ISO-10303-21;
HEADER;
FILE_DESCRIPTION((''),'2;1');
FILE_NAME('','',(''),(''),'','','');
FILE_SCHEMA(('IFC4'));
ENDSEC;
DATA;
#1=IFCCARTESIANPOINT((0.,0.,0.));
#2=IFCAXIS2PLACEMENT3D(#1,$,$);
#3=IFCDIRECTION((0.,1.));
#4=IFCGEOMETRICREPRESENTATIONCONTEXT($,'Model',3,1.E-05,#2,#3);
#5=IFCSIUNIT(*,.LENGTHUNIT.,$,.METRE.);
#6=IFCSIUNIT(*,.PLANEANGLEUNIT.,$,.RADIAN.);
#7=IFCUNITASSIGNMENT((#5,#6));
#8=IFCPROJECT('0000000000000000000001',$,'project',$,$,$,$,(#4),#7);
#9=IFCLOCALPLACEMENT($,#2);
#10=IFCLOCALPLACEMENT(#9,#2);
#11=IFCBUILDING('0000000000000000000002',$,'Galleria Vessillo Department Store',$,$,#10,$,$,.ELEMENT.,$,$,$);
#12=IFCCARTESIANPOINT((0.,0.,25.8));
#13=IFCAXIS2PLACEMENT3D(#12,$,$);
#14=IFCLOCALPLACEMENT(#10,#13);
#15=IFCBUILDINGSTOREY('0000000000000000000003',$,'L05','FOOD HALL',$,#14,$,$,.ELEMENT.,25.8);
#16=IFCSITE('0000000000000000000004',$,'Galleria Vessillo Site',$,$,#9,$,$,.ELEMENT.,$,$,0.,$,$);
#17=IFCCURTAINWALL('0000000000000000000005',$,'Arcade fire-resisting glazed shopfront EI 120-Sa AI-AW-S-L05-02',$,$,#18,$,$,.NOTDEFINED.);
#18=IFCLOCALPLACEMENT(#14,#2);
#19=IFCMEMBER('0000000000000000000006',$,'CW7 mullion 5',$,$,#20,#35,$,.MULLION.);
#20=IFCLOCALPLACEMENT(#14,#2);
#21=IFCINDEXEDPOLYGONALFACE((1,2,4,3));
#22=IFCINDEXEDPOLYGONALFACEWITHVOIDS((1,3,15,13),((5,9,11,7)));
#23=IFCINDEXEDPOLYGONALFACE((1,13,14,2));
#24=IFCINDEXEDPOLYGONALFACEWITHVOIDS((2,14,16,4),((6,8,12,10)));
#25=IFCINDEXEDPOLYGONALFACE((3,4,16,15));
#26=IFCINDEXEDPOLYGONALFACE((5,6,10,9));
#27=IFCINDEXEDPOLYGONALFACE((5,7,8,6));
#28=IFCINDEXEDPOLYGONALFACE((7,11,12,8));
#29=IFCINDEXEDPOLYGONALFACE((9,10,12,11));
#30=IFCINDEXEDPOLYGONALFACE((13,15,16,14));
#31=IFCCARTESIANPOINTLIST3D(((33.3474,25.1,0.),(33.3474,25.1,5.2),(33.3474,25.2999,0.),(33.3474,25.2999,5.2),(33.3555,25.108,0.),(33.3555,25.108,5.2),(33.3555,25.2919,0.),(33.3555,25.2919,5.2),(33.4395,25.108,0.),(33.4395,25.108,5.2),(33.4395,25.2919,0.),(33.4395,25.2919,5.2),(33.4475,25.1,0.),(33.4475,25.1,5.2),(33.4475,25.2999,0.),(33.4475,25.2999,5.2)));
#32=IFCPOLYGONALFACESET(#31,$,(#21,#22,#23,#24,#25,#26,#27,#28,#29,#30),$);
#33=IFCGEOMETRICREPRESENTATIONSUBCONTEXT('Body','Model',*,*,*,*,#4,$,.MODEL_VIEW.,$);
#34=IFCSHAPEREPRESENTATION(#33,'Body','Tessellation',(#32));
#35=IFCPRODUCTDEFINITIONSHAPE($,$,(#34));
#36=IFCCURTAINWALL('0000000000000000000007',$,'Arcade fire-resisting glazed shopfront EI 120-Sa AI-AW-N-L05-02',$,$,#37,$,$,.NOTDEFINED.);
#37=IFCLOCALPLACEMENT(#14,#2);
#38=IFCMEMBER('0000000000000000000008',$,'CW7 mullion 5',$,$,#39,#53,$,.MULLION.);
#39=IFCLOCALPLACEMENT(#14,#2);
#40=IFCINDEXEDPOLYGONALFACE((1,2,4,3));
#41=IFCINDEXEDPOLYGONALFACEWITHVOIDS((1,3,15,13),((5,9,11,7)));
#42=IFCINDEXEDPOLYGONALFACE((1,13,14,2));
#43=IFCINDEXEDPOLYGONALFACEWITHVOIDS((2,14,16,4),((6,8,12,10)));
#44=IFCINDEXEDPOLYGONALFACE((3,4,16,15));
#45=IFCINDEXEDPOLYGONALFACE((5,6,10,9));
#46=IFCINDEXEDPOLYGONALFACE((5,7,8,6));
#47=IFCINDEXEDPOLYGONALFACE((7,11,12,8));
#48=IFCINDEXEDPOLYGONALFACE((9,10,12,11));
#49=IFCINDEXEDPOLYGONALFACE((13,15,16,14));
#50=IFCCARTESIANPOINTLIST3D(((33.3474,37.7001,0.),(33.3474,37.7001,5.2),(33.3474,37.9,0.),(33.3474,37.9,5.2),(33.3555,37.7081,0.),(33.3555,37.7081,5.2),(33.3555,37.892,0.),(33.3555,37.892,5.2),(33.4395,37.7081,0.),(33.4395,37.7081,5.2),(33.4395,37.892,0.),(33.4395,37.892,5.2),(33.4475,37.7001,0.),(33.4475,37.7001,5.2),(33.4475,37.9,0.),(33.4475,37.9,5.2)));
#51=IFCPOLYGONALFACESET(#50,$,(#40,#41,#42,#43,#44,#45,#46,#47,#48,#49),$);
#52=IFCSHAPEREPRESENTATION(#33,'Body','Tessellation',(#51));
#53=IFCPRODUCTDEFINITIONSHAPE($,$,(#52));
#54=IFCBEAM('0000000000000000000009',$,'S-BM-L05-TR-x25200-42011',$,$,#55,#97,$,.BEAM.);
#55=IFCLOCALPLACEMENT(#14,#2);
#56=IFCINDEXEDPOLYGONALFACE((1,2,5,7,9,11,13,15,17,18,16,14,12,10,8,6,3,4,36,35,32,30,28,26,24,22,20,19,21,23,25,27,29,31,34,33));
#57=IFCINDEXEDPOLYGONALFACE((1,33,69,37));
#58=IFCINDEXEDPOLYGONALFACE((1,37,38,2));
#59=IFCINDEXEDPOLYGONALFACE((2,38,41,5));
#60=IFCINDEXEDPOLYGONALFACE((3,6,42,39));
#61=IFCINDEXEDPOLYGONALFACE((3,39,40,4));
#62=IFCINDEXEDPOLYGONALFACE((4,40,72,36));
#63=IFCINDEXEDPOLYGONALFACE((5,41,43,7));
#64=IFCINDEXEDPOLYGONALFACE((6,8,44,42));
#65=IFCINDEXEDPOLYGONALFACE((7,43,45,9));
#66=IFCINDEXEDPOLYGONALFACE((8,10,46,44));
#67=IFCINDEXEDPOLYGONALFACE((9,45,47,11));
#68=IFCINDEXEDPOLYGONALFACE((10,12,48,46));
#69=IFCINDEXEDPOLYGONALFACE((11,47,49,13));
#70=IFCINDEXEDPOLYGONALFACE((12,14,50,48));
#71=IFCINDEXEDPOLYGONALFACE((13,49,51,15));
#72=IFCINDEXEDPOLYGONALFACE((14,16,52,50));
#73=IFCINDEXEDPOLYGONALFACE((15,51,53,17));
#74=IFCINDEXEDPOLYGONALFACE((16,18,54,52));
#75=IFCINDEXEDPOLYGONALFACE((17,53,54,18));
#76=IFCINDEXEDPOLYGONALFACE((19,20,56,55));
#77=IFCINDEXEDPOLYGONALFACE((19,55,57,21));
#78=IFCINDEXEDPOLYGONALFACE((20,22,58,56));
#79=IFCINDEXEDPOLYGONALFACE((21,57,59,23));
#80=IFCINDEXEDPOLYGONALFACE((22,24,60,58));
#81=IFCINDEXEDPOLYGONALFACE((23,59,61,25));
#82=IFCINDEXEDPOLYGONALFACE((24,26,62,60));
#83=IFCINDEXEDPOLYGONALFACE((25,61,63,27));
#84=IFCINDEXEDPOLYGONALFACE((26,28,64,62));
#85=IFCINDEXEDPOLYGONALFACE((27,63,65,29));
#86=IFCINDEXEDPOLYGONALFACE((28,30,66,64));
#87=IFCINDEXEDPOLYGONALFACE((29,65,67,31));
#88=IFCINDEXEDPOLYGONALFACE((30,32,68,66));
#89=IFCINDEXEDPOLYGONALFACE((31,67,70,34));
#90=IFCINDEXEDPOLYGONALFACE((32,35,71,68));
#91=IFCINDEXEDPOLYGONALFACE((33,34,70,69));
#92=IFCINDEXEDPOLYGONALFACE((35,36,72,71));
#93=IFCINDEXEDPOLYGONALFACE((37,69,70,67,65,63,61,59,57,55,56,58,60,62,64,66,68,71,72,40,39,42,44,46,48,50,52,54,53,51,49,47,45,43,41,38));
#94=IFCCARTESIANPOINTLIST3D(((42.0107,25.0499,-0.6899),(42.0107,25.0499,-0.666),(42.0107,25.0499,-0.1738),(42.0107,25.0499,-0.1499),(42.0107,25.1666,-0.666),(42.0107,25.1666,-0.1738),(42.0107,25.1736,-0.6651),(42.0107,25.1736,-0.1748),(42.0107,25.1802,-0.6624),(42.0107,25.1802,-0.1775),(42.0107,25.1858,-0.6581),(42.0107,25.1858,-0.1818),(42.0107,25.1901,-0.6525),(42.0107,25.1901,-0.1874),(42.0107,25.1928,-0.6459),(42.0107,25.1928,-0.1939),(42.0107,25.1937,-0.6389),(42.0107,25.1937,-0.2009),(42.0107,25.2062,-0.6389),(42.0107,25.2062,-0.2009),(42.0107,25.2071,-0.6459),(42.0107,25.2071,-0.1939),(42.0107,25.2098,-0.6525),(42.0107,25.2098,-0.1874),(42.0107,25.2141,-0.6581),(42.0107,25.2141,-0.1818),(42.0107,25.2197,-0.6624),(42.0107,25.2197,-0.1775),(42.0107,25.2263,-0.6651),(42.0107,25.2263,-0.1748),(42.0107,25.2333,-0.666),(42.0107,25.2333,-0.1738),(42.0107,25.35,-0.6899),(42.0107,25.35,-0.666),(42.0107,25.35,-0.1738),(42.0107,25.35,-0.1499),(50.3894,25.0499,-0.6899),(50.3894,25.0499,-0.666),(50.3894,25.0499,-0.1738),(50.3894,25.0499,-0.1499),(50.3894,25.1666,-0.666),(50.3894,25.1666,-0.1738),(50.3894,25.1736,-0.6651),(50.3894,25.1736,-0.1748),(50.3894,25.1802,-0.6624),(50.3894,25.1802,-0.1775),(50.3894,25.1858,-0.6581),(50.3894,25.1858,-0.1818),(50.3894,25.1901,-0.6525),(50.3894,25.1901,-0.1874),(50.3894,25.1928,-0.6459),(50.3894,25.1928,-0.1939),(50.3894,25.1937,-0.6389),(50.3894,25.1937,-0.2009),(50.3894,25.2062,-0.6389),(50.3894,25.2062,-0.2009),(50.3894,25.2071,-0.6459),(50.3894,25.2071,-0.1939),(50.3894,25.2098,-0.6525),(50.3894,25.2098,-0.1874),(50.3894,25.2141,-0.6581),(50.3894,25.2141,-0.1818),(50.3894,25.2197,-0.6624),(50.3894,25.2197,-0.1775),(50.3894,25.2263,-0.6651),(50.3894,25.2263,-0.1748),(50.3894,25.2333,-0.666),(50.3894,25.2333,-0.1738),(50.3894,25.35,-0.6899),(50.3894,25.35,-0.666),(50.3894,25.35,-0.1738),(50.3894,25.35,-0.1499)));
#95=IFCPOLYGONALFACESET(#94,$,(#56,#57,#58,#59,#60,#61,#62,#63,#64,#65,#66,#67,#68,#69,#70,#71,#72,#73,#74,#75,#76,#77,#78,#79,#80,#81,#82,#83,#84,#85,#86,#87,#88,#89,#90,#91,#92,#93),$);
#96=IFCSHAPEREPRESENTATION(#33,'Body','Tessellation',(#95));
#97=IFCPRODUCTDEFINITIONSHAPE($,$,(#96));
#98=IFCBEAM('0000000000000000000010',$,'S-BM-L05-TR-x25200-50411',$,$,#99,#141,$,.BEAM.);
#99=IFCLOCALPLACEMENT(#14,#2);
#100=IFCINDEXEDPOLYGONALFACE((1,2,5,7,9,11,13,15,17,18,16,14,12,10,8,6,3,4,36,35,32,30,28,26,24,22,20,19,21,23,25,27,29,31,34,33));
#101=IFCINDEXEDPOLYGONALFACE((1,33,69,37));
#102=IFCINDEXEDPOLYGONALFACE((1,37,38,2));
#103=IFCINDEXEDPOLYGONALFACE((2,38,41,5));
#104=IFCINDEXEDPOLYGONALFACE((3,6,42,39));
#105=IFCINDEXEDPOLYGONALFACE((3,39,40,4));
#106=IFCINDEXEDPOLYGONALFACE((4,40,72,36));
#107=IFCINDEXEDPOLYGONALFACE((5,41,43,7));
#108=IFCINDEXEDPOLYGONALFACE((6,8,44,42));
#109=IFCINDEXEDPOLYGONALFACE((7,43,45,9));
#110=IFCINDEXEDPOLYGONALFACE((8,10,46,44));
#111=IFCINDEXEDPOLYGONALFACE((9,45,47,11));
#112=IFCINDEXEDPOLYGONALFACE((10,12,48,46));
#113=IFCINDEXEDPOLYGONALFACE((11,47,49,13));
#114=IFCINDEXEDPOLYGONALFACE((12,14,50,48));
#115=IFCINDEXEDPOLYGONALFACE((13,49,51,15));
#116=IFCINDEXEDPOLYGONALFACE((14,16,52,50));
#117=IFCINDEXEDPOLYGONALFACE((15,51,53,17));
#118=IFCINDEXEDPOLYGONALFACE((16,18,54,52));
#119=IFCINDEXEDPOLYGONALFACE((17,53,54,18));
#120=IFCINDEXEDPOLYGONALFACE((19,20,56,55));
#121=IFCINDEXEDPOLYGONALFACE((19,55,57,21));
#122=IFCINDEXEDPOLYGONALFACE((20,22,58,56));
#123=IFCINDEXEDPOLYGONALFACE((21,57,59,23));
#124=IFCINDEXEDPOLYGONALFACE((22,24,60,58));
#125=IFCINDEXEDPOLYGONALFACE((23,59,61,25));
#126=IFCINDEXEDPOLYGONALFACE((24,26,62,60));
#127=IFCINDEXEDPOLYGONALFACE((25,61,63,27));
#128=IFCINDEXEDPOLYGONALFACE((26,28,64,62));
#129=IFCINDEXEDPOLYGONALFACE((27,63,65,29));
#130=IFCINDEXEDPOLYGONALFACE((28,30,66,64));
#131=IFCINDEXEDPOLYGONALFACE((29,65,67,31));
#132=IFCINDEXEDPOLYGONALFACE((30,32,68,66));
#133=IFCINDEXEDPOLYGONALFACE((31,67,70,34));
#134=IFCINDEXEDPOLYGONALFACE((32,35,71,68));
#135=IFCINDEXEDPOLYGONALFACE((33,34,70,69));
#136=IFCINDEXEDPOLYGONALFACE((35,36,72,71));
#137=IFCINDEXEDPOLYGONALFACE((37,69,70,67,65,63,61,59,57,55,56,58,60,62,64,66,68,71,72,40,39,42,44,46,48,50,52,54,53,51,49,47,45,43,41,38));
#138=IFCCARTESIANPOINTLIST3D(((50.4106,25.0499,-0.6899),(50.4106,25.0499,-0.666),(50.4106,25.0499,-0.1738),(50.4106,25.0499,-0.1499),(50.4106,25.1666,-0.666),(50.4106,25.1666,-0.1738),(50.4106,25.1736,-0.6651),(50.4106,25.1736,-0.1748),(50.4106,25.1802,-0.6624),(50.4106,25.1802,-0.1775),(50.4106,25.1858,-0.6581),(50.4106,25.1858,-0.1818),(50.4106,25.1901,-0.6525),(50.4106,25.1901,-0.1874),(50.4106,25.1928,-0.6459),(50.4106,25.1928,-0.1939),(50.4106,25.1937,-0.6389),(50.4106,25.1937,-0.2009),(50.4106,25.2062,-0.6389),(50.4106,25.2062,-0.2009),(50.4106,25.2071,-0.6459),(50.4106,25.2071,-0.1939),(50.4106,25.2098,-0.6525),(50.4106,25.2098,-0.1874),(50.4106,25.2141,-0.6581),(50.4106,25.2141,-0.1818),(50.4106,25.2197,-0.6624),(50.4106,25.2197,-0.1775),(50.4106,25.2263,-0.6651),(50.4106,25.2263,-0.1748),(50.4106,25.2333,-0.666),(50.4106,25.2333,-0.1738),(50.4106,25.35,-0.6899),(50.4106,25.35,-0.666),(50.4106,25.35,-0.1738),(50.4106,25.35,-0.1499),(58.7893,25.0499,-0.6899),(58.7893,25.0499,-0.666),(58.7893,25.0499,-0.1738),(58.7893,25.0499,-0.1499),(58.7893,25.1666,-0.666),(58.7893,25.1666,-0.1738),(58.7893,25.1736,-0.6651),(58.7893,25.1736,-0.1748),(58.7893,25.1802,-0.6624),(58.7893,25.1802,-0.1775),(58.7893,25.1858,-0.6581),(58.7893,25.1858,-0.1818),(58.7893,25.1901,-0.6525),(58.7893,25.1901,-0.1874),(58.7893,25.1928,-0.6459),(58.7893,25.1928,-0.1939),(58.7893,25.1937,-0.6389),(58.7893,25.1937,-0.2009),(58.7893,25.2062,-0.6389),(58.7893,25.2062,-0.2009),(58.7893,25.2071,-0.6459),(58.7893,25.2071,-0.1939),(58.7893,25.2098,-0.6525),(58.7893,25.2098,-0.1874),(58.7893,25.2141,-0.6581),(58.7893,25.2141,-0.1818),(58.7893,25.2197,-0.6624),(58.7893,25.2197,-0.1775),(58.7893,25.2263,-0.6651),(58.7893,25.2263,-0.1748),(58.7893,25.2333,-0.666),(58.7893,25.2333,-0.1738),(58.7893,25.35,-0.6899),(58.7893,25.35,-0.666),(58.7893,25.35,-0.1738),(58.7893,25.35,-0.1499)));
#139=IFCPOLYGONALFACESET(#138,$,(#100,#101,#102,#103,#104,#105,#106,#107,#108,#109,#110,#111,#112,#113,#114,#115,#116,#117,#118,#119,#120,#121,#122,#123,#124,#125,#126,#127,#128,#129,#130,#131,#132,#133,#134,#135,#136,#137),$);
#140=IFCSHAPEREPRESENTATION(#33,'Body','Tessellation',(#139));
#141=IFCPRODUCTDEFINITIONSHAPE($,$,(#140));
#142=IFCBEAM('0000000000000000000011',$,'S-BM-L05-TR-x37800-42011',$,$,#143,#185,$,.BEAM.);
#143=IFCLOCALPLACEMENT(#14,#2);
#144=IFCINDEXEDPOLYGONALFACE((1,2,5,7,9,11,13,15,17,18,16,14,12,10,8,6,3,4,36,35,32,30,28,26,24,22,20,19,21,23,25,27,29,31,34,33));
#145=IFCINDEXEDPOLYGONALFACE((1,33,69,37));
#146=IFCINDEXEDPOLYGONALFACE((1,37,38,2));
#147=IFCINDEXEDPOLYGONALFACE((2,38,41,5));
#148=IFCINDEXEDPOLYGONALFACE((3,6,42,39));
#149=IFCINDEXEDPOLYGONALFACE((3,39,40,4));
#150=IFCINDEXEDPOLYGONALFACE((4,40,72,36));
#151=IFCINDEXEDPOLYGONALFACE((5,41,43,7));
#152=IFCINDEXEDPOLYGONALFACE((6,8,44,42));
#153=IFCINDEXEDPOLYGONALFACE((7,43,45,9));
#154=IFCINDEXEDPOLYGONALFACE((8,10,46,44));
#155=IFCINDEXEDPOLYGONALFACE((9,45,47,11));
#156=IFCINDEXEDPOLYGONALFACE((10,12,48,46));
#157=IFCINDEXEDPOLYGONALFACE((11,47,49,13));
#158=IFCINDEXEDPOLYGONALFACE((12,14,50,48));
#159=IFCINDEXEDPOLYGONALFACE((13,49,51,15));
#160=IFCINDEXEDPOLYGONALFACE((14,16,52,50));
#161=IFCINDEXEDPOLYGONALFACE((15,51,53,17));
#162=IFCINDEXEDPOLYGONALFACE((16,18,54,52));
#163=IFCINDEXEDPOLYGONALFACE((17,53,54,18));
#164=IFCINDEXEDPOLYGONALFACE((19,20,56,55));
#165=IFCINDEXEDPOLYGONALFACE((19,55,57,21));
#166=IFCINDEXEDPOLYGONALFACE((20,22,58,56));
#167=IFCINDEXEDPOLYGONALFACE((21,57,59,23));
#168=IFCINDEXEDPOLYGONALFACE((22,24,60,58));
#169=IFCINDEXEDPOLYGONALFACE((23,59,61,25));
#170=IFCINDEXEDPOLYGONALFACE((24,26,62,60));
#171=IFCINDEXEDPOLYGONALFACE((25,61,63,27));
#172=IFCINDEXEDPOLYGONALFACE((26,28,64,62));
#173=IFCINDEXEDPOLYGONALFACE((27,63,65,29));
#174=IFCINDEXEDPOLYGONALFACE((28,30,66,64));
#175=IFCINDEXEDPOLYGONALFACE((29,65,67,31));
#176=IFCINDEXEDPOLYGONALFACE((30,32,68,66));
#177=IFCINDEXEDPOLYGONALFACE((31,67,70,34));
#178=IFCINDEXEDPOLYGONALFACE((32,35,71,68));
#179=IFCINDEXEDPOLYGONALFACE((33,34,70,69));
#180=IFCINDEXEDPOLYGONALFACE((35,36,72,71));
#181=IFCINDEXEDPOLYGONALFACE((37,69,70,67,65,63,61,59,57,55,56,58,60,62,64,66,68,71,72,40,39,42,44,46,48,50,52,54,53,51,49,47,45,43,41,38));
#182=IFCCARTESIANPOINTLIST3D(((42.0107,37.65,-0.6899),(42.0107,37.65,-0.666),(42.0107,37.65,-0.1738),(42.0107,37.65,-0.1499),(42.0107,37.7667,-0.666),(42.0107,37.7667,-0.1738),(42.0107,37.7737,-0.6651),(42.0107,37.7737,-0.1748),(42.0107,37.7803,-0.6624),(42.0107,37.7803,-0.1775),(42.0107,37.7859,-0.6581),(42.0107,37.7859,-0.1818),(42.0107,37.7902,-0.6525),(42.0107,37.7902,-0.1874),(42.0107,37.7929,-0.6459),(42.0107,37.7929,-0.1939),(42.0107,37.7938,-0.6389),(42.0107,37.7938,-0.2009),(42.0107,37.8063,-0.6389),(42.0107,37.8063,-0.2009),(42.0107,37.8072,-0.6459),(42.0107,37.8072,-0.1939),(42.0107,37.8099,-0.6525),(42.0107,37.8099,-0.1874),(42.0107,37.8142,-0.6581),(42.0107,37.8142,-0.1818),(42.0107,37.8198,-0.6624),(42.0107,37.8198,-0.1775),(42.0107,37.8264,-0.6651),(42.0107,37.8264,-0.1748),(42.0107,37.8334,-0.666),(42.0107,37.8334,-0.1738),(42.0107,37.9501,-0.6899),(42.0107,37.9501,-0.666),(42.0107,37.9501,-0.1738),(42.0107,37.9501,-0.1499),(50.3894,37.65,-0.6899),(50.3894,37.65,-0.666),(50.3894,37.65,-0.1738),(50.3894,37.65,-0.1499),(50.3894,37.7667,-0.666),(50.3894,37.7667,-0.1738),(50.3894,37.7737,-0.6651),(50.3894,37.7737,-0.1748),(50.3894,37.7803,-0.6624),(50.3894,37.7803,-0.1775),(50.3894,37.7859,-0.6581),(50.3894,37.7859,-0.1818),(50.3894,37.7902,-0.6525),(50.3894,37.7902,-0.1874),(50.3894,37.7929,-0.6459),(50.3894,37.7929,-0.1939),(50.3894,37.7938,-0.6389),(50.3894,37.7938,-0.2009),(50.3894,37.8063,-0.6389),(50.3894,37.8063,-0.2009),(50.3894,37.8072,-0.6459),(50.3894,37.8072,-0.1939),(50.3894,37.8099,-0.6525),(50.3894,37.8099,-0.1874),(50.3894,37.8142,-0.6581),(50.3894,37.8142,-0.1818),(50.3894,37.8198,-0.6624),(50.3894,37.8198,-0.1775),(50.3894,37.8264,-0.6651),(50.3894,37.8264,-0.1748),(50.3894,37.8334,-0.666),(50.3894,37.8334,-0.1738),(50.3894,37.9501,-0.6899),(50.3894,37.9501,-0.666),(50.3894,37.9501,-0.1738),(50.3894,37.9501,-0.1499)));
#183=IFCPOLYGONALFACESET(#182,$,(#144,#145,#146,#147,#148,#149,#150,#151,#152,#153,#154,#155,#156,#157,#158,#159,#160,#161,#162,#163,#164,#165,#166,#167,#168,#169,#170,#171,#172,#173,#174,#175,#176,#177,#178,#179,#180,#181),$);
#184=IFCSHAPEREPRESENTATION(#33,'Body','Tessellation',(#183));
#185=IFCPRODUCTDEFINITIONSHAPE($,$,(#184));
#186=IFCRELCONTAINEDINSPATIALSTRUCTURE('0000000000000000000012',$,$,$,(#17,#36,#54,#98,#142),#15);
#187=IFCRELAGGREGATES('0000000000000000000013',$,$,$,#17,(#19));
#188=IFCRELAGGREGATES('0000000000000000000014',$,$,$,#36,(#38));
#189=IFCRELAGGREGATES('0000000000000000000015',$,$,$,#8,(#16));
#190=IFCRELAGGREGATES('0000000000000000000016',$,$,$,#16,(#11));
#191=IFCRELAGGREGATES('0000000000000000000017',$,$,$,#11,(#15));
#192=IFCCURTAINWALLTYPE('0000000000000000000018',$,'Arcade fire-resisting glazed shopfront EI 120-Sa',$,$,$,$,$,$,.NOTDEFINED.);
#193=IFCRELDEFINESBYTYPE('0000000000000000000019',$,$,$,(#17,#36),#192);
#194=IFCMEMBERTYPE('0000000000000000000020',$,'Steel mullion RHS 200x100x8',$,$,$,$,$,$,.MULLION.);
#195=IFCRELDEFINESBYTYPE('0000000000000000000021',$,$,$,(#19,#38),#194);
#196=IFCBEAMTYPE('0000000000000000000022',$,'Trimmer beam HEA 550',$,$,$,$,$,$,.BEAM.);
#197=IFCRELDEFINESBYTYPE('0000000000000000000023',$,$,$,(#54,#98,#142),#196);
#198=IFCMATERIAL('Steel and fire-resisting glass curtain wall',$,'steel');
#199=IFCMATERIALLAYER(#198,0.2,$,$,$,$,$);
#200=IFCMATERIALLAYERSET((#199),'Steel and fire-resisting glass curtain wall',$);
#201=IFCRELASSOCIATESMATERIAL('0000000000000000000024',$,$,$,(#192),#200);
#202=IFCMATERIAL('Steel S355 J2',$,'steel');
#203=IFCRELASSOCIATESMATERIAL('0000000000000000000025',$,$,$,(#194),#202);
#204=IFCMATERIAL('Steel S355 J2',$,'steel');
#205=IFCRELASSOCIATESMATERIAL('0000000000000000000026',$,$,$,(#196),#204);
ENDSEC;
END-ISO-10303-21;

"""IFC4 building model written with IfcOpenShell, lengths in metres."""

from ifc_helpers import new_model, si_unit, direction, frame, origin, origin_2d, place, context, subcontext, project, spatial, hollow_rectangle, i_section, extrude, material, layer, layer_set, material_profile, profile_set, type_object, element, aggregate, save


model = new_model("IFC4")

# Units and contexts
model_context = context("Model", 3, precision=1e-05, world=origin(), true_north=direction((0.0, 1.0)))
body_context = subcontext(model_context, "Body", "Model", "MODEL_VIEW")
ifc_project = project(units=[si_unit("LENGTHUNIT", "METRE"), si_unit("PLANEANGLEUNIT", "RADIAN")], contexts=[model_context])

# Site, building, storey
site_placement = place(None, origin())
site = spatial("IfcSite", under=ifc_project, at=site_placement, Name="Galleria Vessillo Site", CompositionType="ELEMENT", RefElevation=0.0)
building_placement = place(site_placement, origin())
building = spatial("IfcBuilding", under=site, at=building_placement, Name="Galleria Vessillo Department Store", CompositionType="ELEMENT")
storey_placement = place(building_placement, frame((0.0, 0.0, 25.8)))
storey = spatial("IfcBuildingStorey", under=building, at=storey_placement, Name="L05", Description="FOOD HALL", CompositionType="ELEMENT", Elevation=25.8)

# Curtain walls, members
ifc_material_1 = material(Name="Steel and fire-resisting glass curtain wall", Category="steel")
ifc_layer_1 = layer(ifc_material_1, 0.2)
ifc_layer_set_1 = layer_set([ifc_layer_1], Name="Steel and fire-resisting glass curtain wall")
curtain_wall_type = type_object("IfcCurtainWallType", Name="Arcade fire-resisting glazed shopfront EI 120-Sa", PredefinedType="NOTDEFINED", material=ifc_layer_set_1)
curtain_wall_1_placement = place(storey_placement, origin())
curtain_wall_1 = element("IfcCurtainWall", 1, at=curtain_wall_1_placement, inside=storey, type_object=curtain_wall_type, Name="Arcade fire-resisting glazed shopfront EI 120-Sa AI-AW-S-L05-02", PredefinedType="NOTDEFINED")
ifc_material_2 = material(Name="Steel S355 J2", Category="steel")
ifc_material_profile_1 = material_profile(ifc_material_2, hollow_rectangle(XDim=0.2, YDim=0.1001, WallThickness=0.0081, at=origin_2d()), Name="RHS 200x100x8")
ifc_profile_set_1 = profile_set([ifc_material_profile_1], Name="Steel S355 J2")
member_type = type_object("IfcMemberType", Name="Steel mullion RHS 200x100x8", PredefinedType="MULLION", material=ifc_profile_set_1)
member_1_placement = place(storey_placement, frame((33.3975, 25.2, 0.0), z_axis=(0.0, 0.0, 1.0), x_axis=(0.0, 1.0, 0.0)))
member_1 = element("IfcMember", 2, at=member_1_placement, type_object=member_type, Name="CW7 mullion 5", PredefinedType="MULLION", context=body_context, shape_type="SweptSolid", body=[
    extrude(hollow_rectangle(XDim=0.2, YDim=0.1001, WallThickness=0.0081, at=origin_2d()), origin(), (0.0, 0.0, 1.0), 5.2),
])
curtain_wall_2_placement = place(storey_placement, origin())
curtain_wall_2 = element("IfcCurtainWall", 3, at=curtain_wall_2_placement, inside=storey, type_object=curtain_wall_type, Name="Arcade fire-resisting glazed shopfront EI 120-Sa AI-AW-N-L05-02", PredefinedType="NOTDEFINED")
member_2_placement = place(storey_placement, frame((33.3975, 37.8, 0.0), z_axis=(0.0, 0.0, 1.0), x_axis=(0.0, 1.0, 0.0)))
member_2 = element("IfcMember", 4, at=member_2_placement, type_object=member_type, Name="CW7 mullion 5", PredefinedType="MULLION", context=body_context, shape_type="SweptSolid", body=[
    extrude(hollow_rectangle(XDim=0.2, YDim=0.1001, WallThickness=0.0081, at=origin_2d()), origin(), (0.0, 0.0, 1.0), 5.2),
])

# Beams
ifc_material_3 = material(Name="Steel S355 J2", Category="steel")
ifc_material_profile_2 = material_profile(ifc_material_3, i_section(OverallWidth=0.3, OverallDepth=0.54, WebThickness=0.0125, FlangeThickness=0.0239, FilletRadius=0.0271, at=origin_2d()), Name="HEA 550")
ifc_profile_set_2 = profile_set([ifc_material_profile_2], Name="Steel S355 J2")
beam_type_1 = type_object("IfcBeamType", Name="Trimmer beam HEA 550", PredefinedType="BEAM", material=ifc_profile_set_2)
for number, where, z_axis, x_axis, name in (
    (5, (42.0107, 25.2, -0.4199), (1.0, 0.0, 0.0), (0.0, 1.0, 0.0), "S-BM-L05-TR-x25200-42011"),
    (6, (50.4106, 25.2, -0.4199), (1.0, 0.0, 0.0), (0.0, 1.0, 0.0), "S-BM-L05-TR-x25200-50411"),
    (7, (42.0107, 37.8, -0.4199), (1.0, 0.0, 0.0), (0.0, 1.0, 0.0), "S-BM-L05-TR-x37800-42011"),
):
    element("IfcBeam", number, at=place(storey_placement, frame(where, z_axis=z_axis, x_axis=x_axis)), inside=storey, type_object=beam_type_1, Name=name, PredefinedType="BEAM", context=body_context, shape_type="SweptSolid", body=[
        extrude(i_section(OverallWidth=0.3, OverallDepth=0.54, WebThickness=0.0125, FlangeThickness=0.0239, FilletRadius=0.0271, at=origin_2d()), origin(), (0.0, 0.0, 1.0), 8.3787),
    ])

aggregate(curtain_wall_1, [member_1])
aggregate(curtain_wall_2, [member_2])

save(model, "model.ifc")
